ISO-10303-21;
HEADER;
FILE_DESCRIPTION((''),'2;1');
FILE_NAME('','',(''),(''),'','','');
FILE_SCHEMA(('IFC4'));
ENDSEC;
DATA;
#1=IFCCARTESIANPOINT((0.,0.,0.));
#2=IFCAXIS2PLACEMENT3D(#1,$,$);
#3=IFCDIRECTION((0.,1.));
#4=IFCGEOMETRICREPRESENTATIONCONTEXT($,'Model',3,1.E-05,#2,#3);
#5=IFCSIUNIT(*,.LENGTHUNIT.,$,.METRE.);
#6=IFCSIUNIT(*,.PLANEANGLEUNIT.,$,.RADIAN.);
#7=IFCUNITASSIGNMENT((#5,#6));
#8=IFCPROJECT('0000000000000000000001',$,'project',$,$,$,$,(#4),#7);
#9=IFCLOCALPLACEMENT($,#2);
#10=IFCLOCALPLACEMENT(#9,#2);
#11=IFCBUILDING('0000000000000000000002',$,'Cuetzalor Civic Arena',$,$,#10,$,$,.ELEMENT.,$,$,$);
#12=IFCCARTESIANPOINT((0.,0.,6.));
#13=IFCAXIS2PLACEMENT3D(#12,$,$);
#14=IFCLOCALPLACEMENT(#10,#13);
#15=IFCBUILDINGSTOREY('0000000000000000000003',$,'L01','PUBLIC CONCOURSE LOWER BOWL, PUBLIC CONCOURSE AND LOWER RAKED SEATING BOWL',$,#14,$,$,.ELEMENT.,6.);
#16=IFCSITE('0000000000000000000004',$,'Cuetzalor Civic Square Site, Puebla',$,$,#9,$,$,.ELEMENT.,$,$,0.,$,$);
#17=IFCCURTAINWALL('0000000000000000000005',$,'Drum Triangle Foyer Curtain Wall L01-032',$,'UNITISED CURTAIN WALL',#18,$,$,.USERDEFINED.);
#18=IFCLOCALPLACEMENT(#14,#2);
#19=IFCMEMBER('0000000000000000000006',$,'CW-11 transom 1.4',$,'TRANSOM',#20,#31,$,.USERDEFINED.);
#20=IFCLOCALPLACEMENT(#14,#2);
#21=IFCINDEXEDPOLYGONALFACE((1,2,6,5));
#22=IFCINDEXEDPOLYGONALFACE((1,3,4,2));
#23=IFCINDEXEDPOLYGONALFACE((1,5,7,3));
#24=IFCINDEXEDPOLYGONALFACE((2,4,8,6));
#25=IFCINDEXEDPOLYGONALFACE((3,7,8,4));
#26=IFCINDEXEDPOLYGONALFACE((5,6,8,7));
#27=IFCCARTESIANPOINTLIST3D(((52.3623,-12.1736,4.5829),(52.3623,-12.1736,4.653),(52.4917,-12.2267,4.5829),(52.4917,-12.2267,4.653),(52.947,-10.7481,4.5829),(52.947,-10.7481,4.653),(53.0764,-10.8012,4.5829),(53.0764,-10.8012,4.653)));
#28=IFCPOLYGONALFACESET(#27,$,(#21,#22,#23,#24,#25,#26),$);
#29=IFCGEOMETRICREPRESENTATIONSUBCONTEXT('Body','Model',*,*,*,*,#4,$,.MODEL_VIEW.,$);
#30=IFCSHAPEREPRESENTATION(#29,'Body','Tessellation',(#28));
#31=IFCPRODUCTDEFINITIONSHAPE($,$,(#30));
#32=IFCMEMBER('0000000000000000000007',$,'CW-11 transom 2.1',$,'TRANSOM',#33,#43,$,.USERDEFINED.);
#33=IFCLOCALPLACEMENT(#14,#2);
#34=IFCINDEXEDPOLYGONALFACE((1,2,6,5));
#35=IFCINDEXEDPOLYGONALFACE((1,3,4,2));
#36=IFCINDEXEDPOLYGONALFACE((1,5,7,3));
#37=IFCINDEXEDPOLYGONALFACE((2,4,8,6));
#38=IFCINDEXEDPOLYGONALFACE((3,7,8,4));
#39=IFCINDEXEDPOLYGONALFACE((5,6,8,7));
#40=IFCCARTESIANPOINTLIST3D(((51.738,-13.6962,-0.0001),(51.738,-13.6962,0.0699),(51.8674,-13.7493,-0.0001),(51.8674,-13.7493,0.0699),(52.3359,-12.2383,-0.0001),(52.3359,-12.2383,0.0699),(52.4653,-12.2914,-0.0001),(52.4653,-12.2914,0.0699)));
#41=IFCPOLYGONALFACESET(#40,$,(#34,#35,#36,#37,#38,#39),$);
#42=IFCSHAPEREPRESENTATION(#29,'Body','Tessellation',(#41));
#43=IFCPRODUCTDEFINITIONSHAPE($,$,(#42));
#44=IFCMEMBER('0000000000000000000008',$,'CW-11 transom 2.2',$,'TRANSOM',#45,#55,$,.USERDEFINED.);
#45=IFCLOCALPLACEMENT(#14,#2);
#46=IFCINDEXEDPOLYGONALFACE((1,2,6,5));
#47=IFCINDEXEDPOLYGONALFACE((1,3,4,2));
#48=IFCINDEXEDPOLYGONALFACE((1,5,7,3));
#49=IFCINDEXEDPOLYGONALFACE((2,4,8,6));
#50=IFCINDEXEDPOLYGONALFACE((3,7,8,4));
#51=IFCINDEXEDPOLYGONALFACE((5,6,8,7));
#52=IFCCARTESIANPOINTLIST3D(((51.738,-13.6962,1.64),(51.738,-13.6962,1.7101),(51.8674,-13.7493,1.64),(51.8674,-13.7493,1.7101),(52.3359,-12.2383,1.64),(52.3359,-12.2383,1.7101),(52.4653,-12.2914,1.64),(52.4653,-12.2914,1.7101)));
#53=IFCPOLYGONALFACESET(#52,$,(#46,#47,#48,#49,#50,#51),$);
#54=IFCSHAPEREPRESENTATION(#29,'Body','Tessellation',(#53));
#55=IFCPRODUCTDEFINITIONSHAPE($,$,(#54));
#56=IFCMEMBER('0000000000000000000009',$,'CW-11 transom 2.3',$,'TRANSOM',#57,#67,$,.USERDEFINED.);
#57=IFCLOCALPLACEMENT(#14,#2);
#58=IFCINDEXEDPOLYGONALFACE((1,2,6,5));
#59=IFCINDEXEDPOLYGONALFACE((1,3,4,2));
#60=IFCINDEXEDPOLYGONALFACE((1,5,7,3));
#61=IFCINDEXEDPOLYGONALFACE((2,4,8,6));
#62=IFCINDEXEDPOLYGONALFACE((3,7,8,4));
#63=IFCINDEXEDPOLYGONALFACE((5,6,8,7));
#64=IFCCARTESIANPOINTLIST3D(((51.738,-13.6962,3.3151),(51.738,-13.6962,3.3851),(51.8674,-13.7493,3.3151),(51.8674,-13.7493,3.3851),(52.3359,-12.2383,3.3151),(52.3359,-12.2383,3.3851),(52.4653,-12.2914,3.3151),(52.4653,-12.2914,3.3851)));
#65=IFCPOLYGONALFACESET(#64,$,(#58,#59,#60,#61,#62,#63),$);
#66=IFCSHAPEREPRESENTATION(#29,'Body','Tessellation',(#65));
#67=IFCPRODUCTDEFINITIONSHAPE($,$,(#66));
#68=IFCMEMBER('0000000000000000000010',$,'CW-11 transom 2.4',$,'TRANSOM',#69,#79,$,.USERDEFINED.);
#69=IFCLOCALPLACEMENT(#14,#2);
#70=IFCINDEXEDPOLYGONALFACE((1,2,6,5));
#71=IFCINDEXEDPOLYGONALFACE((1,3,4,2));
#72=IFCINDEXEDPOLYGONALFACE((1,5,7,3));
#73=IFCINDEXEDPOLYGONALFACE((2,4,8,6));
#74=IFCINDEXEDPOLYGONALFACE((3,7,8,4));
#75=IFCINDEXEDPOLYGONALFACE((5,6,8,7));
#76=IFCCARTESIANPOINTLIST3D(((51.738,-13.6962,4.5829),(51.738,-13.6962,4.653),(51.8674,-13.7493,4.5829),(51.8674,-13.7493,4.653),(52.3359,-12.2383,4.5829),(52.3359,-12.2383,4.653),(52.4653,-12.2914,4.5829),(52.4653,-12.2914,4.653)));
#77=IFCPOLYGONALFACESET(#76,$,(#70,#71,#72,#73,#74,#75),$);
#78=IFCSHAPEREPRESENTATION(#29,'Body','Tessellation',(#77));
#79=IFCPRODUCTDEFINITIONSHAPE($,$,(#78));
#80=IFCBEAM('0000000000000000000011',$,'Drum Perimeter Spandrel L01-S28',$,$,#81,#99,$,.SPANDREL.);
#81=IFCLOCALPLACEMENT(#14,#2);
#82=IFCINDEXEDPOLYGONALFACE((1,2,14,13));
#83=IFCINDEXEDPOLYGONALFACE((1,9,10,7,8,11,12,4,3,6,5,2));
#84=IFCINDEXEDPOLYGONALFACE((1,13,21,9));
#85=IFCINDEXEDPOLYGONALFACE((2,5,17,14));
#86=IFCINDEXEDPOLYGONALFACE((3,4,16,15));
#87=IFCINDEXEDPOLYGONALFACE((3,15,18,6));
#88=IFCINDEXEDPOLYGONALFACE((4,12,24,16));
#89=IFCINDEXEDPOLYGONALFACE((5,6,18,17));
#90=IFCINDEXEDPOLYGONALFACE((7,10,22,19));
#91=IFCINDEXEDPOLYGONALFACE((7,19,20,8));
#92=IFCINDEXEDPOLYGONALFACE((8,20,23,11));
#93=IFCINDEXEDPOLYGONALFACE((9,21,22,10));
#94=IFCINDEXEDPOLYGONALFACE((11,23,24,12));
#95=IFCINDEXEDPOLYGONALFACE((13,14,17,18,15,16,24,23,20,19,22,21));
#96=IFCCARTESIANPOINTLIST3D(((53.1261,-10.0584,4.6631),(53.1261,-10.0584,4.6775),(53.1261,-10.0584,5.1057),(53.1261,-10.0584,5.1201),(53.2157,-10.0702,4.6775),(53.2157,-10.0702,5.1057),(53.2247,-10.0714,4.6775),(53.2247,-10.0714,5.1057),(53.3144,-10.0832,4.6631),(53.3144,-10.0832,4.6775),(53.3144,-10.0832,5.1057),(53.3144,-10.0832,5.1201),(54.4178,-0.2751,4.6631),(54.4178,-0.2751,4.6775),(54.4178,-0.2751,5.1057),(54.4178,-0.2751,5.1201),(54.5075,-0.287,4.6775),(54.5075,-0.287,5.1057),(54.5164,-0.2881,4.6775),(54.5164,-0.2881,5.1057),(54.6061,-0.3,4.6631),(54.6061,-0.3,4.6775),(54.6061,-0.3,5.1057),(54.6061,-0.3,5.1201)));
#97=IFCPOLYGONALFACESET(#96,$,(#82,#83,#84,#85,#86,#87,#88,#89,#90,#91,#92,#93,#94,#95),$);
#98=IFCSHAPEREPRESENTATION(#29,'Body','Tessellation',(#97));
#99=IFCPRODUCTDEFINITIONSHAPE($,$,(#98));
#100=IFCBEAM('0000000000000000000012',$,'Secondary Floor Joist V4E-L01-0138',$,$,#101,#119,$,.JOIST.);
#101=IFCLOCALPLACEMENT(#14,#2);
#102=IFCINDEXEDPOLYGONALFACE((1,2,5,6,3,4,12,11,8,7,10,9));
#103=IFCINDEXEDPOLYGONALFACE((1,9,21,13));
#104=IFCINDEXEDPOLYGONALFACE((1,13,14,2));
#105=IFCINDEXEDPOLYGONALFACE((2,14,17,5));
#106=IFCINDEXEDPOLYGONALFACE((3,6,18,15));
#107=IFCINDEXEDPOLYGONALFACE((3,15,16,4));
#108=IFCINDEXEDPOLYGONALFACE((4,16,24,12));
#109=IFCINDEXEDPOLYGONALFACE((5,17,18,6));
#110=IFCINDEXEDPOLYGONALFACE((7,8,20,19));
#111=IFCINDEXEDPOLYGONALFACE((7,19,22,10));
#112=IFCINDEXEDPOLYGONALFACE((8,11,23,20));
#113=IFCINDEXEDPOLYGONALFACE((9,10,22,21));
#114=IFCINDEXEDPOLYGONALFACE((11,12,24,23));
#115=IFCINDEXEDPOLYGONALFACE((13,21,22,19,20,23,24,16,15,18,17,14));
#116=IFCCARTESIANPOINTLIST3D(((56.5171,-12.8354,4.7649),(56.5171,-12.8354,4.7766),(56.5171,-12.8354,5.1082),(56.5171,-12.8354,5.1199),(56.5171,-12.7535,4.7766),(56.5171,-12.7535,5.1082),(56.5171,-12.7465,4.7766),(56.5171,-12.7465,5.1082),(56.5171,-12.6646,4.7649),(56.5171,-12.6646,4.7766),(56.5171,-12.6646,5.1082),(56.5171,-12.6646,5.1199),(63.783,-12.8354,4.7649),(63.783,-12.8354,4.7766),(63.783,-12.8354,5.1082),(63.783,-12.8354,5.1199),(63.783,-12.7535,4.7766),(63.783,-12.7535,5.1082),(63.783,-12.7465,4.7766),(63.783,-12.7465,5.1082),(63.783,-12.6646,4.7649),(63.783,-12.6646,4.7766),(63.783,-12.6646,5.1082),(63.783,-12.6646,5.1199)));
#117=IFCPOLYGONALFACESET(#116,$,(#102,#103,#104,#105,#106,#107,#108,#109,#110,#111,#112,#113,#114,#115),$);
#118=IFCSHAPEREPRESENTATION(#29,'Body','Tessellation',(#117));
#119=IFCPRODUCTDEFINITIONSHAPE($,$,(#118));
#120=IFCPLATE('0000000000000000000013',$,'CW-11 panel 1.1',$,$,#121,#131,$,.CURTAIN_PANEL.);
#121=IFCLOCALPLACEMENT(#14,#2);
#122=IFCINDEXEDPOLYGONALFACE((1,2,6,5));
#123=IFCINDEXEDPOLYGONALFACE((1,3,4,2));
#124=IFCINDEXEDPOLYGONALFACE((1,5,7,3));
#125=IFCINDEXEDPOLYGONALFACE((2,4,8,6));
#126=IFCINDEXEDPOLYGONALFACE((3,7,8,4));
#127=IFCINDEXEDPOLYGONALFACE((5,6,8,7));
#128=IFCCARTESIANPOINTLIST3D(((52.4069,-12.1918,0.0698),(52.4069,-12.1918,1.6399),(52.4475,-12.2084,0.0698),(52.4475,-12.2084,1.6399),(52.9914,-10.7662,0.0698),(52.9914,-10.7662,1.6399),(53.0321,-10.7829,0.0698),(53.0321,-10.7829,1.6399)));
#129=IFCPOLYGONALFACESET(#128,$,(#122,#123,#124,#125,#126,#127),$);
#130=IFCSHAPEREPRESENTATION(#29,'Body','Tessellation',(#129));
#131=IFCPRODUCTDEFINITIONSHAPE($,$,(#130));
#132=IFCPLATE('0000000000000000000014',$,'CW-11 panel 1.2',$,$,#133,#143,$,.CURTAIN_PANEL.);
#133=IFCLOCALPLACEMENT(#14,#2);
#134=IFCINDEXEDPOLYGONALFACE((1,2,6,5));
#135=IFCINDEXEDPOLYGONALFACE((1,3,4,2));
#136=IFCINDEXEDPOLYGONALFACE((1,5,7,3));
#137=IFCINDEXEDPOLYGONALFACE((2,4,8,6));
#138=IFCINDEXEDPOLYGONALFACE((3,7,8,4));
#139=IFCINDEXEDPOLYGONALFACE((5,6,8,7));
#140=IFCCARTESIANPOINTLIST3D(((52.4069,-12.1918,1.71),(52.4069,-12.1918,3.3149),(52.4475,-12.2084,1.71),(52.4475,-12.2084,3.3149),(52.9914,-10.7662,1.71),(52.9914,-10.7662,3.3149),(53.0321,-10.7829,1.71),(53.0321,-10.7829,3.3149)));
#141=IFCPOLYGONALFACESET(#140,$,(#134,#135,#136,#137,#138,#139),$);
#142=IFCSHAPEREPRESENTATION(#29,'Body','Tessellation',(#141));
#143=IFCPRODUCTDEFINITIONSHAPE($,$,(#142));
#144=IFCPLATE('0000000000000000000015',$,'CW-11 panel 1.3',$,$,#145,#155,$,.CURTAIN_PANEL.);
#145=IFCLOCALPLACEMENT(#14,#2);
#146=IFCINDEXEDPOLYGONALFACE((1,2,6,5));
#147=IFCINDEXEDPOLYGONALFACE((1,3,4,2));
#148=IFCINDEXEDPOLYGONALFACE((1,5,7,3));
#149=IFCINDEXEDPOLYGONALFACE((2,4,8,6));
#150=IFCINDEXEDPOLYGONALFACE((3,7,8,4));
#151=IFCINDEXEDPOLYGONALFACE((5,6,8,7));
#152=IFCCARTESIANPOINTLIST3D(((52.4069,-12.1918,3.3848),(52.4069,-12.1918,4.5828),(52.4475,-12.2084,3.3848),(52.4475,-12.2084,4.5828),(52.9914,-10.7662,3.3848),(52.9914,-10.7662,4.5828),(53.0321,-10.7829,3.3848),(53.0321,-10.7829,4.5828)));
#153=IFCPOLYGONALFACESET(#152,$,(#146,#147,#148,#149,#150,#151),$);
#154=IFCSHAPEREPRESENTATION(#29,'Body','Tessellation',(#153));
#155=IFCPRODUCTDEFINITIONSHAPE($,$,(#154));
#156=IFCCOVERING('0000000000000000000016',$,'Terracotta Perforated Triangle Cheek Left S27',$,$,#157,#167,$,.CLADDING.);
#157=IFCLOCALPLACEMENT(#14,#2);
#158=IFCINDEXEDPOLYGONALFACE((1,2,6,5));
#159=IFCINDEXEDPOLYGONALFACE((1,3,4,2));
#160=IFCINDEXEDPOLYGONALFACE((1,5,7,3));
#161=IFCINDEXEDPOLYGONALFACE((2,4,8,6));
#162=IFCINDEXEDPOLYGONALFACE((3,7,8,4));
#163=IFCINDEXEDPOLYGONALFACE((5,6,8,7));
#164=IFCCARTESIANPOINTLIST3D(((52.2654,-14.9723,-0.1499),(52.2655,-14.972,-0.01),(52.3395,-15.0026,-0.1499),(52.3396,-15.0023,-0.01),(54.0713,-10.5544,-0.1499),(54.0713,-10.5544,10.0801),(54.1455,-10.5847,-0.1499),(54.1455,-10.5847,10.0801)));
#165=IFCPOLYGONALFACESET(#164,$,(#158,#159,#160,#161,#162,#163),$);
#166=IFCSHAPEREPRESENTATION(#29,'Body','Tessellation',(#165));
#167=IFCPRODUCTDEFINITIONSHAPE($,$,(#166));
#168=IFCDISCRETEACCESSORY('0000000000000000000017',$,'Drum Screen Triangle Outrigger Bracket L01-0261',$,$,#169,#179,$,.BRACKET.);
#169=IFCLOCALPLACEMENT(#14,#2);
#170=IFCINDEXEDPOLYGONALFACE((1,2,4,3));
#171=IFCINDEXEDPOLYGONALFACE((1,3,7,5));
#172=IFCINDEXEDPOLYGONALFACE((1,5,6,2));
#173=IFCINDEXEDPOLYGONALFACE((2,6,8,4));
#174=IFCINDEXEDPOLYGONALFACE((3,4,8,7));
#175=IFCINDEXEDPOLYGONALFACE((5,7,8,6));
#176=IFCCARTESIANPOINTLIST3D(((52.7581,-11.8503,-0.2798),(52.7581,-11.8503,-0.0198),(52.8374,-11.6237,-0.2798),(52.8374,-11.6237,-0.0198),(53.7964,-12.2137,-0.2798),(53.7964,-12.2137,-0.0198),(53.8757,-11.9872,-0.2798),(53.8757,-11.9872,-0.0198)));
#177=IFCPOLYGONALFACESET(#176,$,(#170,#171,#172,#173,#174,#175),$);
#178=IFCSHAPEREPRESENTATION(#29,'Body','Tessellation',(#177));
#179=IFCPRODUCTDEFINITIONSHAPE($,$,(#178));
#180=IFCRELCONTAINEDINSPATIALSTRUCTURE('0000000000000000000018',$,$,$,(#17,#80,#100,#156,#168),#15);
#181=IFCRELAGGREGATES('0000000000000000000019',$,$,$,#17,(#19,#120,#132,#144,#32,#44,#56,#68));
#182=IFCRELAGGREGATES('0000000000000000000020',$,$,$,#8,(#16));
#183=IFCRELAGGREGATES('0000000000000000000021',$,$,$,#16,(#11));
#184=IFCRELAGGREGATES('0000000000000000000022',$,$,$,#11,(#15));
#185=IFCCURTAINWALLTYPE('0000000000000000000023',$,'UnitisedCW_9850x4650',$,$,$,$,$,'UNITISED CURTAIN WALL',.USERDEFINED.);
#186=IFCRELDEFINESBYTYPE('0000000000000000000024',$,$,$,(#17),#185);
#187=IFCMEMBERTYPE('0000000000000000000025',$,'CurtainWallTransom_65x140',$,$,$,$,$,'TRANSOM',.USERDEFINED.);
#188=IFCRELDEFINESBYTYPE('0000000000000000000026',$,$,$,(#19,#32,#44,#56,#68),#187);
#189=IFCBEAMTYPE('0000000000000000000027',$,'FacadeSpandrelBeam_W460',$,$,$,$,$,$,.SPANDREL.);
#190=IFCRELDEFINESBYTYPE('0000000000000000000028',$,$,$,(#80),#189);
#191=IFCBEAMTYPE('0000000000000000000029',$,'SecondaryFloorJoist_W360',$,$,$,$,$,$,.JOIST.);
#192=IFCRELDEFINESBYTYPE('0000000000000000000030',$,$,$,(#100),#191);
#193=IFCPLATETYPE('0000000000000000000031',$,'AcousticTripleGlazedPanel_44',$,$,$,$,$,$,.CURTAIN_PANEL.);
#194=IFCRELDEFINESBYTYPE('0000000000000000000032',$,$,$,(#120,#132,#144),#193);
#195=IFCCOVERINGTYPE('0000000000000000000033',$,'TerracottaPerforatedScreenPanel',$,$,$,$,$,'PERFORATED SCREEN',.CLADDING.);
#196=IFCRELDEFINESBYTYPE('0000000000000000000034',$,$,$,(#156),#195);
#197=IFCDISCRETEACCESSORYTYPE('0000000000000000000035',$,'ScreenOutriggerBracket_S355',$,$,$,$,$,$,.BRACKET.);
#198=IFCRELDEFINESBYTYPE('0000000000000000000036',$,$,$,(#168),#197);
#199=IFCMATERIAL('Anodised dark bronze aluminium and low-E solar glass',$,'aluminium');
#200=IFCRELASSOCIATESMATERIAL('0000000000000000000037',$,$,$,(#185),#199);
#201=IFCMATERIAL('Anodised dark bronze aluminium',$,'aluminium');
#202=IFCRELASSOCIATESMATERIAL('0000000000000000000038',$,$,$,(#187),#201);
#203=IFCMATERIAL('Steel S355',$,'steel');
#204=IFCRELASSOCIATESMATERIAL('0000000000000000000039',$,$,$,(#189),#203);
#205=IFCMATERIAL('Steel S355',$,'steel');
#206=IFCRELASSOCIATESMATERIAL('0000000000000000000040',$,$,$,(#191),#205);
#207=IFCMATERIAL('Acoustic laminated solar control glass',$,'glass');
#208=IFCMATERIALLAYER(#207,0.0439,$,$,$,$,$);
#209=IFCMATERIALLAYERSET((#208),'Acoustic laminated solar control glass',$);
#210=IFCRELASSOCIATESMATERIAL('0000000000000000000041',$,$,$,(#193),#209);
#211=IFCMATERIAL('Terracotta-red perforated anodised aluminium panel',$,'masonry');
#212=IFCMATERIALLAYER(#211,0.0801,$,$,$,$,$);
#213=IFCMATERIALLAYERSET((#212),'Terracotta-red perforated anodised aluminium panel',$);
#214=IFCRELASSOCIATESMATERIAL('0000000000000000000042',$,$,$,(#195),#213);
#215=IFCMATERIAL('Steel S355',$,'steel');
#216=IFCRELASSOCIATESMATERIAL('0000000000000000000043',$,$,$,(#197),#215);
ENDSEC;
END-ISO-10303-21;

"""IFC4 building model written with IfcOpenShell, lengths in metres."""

from ifc_helpers import new_model, si_unit, direction, frame, origin, origin_2d, place, context, subcontext, project, spatial, polyline, rectangle, i_section, outline, extrude, material, layer, layer_set, material_profile, profile_set, type_object, element, aggregate, save


model = new_model("IFC4")

# Units and contexts
model_context = context("Model", 3, precision=1e-05, world=origin(), true_north=direction((0.0, 1.0)))
body_context = subcontext(model_context, "Body", "Model", "MODEL_VIEW")
ifc_project = project(units=[si_unit("LENGTHUNIT", "METRE"), si_unit("PLANEANGLEUNIT", "RADIAN")], contexts=[model_context])

# Site, building, storey
site_placement = place(None, origin())
site = spatial("IfcSite", under=ifc_project, at=site_placement, Name="Cuetzalor Civic Square Site, Puebla", CompositionType="ELEMENT", RefElevation=0.0)
building_placement = place(site_placement, origin())
building = spatial("IfcBuilding", under=site, at=building_placement, Name="Cuetzalor Civic Arena", CompositionType="ELEMENT")
storey_placement = place(building_placement, frame((0.0, 0.0, 6.0)))
storey = spatial("IfcBuildingStorey", under=building, at=storey_placement, Name="L01", Description="PUBLIC CONCOURSE LOWER BOWL, PUBLIC CONCOURSE AND LOWER RAKED SEATING BOWL", CompositionType="ELEMENT", Elevation=6.0)

# Curtain wall, members
ifc_material_1 = material(Name="Anodised dark bronze aluminium and low-E solar glass", Category="aluminium")
curtain_wall_type = type_object("IfcCurtainWallType", Name="UnitisedCW_9850x4650", ElementType="UNITISED CURTAIN WALL", PredefinedType="USERDEFINED", material=ifc_material_1)
curtain_wall_placement = place(storey_placement, origin())
curtain_wall = element("IfcCurtainWall", 1, at=curtain_wall_placement, inside=storey, type_object=curtain_wall_type, Name="Drum Triangle Foyer Curtain Wall L01-032", ObjectType="UNITISED CURTAIN WALL", PredefinedType="USERDEFINED")
ifc_material_2 = material(Name="Anodised dark bronze aluminium", Category="aluminium")
ifc_material_profile_1 = material_profile(ifc_material_2, rectangle(XDim=0.1399, YDim=0.0701, at=origin_2d()), Name="ALU TRANSOM 70x140")
ifc_profile_set_1 = profile_set([ifc_material_profile_1], Name="Anodised dark bronze aluminium")
member_type_1 = type_object("IfcMemberType", Name="CurtainWallTransom_65x140", ElementType="TRANSOM", PredefinedType="USERDEFINED", material=ifc_profile_set_1)
member_1_placement = place(storey_placement, frame((53.0117, -10.7747, 4.6179), z_axis=(-0.37949, -0.925196, 0.0), x_axis=(0.925196, -0.37949, 0.0)))
member_1 = element("IfcMember", 2, at=member_1_placement, type_object=member_type_1, Name="CW-11 transom 1.4", ObjectType="TRANSOM", PredefinedType="USERDEFINED", context=body_context, shape_type="SweptSolid", body=[
    extrude(rectangle(XDim=0.1399, YDim=0.0701, at=origin_2d()), origin(), (0.0, 0.0, 1.0), 1.5408),
])
member_2_placement = place(storey_placement, frame((52.4006, -12.2649, 0.0349), z_axis=(-0.379471, -0.925203, 0.0), x_axis=(0.925203, -0.379471, 0.0)))
member_2 = element("IfcMember", 3, at=member_2_placement, type_object=member_type_1, Name="CW-11 transom 2.1", ObjectType="TRANSOM", PredefinedType="USERDEFINED", context=body_context, shape_type="SweptSolid", body=[
    extrude(rectangle(XDim=0.1399, YDim=0.0701, at=origin_2d()), origin(), (0.0, 0.0, 1.0), 1.5757),
])
member_3_placement = place(storey_placement, frame((52.4006, -12.2649, 1.675), z_axis=(-0.379471, -0.925203, 0.0), x_axis=(0.925203, -0.379471, 0.0)))
member_3 = element("IfcMember", 4, at=member_3_placement, type_object=member_type_1, Name="CW-11 transom 2.2", ObjectType="TRANSOM", PredefinedType="USERDEFINED", context=body_context, shape_type="SweptSolid", body=[
    extrude(rectangle(XDim=0.1399, YDim=0.0701, at=origin_2d()), origin(), (0.0, 0.0, 1.0), 1.5757),
])
member_4_placement = place(storey_placement, frame((52.4006, -12.2649, 3.3501), z_axis=(-0.379471, -0.925203, 0.0), x_axis=(0.925203, -0.379471, 0.0)))
member_4 = element("IfcMember", 5, at=member_4_placement, type_object=member_type_1, Name="CW-11 transom 2.3", ObjectType="TRANSOM", PredefinedType="USERDEFINED", context=body_context, shape_type="SweptSolid", body=[
    extrude(rectangle(XDim=0.1399, YDim=0.0701, at=origin_2d()), origin(), (0.0, 0.0, 1.0), 1.5757),
])
member_5_placement = place(storey_placement, frame((52.4006, -12.2649, 4.6179), z_axis=(-0.379471, -0.925203, 0.0), x_axis=(0.925203, -0.379471, 0.0)))
member_5 = element("IfcMember", 6, at=member_5_placement, type_object=member_type_1, Name="CW-11 transom 2.4", ObjectType="TRANSOM", PredefinedType="USERDEFINED", context=body_context, shape_type="SweptSolid", body=[
    extrude(rectangle(XDim=0.1399, YDim=0.0701, at=origin_2d()), origin(), (0.0, 0.0, 1.0), 1.5757),
])

# Beams
ifc_material_3 = material(Name="Steel S355", Category="steel")
ifc_material_profile_2 = material_profile(ifc_material_3, i_section(OverallWidth=0.1899, OverallDepth=0.457, WebThickness=0.009, FlangeThickness=0.0144, at=origin_2d()), Name="W460x74")
ifc_profile_set_2 = profile_set([ifc_material_profile_2], Name="Steel S355")
beam_type_1 = type_object("IfcBeamType", Name="FacadeSpandrelBeam_W460", PredefinedType="SPANDREL", material=ifc_profile_set_2)
beam_1_placement = place(storey_placement, frame((53.2202, -10.0708, 4.8916), z_axis=(0.130901, 0.991395, 0.0), x_axis=(-0.991395, 0.130901, 0.0)))
element("IfcBeam", 7, at=beam_1_placement, inside=storey, type_object=beam_type_1, Name="Drum Perimeter Spandrel L01-S28", PredefinedType="SPANDREL", context=body_context, shape_type="SweptSolid", body=[
    extrude(i_section(OverallWidth=0.1899, OverallDepth=0.457, WebThickness=0.009, FlangeThickness=0.0144, at=origin_2d()), origin(), (0.0, 0.0, 1.0), 9.8682),
])
ifc_material_4 = material(Name="Steel S355", Category="steel")
ifc_material_profile_3 = material_profile(ifc_material_4, i_section(OverallWidth=0.1709, OverallDepth=0.355, WebThickness=0.0071, FlangeThickness=0.0117, at=origin_2d()), Name="W360x51")
ifc_profile_set_3 = profile_set([ifc_material_profile_3], Name="Steel S355")
beam_type_2 = type_object("IfcBeamType", Name="SecondaryFloorJoist_W360", PredefinedType="JOIST", material=ifc_profile_set_3)
beam_2_placement = place(storey_placement, frame((56.5171, -12.75, 4.9424), z_axis=(1.0, 0.0, 0.0), x_axis=(0.0, 1.0, 0.0)))
element("IfcBeam", 8, at=beam_2_placement, inside=storey, type_object=beam_type_2, Name="Secondary Floor Joist V4E-L01-0138", PredefinedType="JOIST", context=body_context, shape_type="SweptSolid", body=[
    extrude(i_section(OverallWidth=0.1709, OverallDepth=0.355, WebThickness=0.0071, FlangeThickness=0.0117, at=origin_2d()), origin(), (0.0, 0.0, 1.0), 7.2659),
])

# Plates
ifc_material_5 = material(Name="Acoustic laminated solar control glass", Category="glass")
ifc_layer_1 = layer(ifc_material_5, 0.0439)
ifc_layer_set_1 = layer_set([ifc_layer_1], Name="Acoustic laminated solar control glass")
plate_type = type_object("IfcPlateType", Name="AcousticTripleGlazedPanel_44", PredefinedType="CURTAIN_PANEL", material=ifc_layer_set_1)
plate_1_placement = place(storey_placement, frame((52.7195, -11.4873, 0.0698), z_axis=(0.0, 0.0, 1.0), x_axis=(-0.379391, -0.925236, 0.0)))
plate_1 = element("IfcPlate", 9, at=plate_1_placement, type_object=plate_type, Name="CW-11 panel 1.1", PredefinedType="CURTAIN_PANEL", context=body_context, shape_type="SweptSolid", body=[
    extrude(rectangle(XDim=1.5408, YDim=0.0439, at=origin_2d()), origin(), (0.0, 0.0, 1.0), 1.5701),
])
plate_2_placement = place(storey_placement, frame((52.7195, -11.4873, 1.71), z_axis=(0.0, 0.0, 1.0), x_axis=(-0.379391, -0.925236, 0.0)))
plate_2 = element("IfcPlate", 10, at=plate_2_placement, type_object=plate_type, Name="CW-11 panel 1.2", PredefinedType="CURTAIN_PANEL", context=body_context, shape_type="SweptSolid", body=[
    extrude(rectangle(XDim=1.5408, YDim=0.0439, at=origin_2d()), origin(), (0.0, 0.0, 1.0), 1.605),
])
plate_3_placement = place(storey_placement, frame((52.7195, -11.4873, 3.3848), z_axis=(0.0, 0.0, 1.0), x_axis=(-0.379391, -0.925236, 0.0)))
plate_3 = element("IfcPlate", 11, at=plate_3_placement, type_object=plate_type, Name="CW-11 panel 1.3", PredefinedType="CURTAIN_PANEL", context=body_context, shape_type="SweptSolid", body=[
    extrude(rectangle(XDim=1.5408, YDim=0.0439, at=origin_2d()), origin(), (0.0, 0.0, 1.0), 1.198),
])
aggregate(curtain_wall, [member_1, plate_1, plate_2, plate_3, member_2, member_3, member_4, member_5])

# Covering
ifc_material_6 = material(Name="Terracotta-red perforated anodised aluminium panel", Category="masonry")
ifc_layer_2 = layer(ifc_material_6, 0.0801)
ifc_layer_set_2 = layer_set([ifc_layer_2], Name="Terracotta-red perforated anodised aluminium panel")
covering_type = type_object("IfcCoveringType", Name="TerracottaPerforatedScreenPanel", ElementType="PERFORATED SCREEN", PredefinedType="CLADDING", material=ifc_layer_set_2)
covering_placement = place(storey_placement, frame((54.1084, -10.5696, -0.1499), z_axis=(0.0, 0.0, 1.0), x_axis=(-0.378392, -0.925646, 0.0)))
element("IfcCovering", 12, at=covering_placement, inside=storey, type_object=covering_type, Name="Terracotta Perforated Triangle Cheek Left S27", PredefinedType="CLADDING", context=body_context, shape_type="SweptSolid", body=[
    extrude(outline(polyline([(0.0, 0.0), (4.7727, 0.0), (4.7725, 0.1399), (0.0, 10.23), (0.0, 0.0)])), frame((0.0, 0.04, 0.0), z_axis=(0.0, -1.0, 0.0), x_axis=(1.0, 0.0, 0.0)), (0.0, 0.0, 1.0), 0.0801),
])

# Discrete accessory
ifc_material_7 = material(Name="Steel S355", Category="steel")
discrete_accessory_type = type_object("IfcDiscreteAccessoryType", Name="ScreenOutriggerBracket_S355", PredefinedType="BRACKET", material=ifc_material_7)
for number, where, z_axis, x_axis, name in (
    (13, (53.3169, -11.9187, -0.2798), (0.0, 0.0, 1.0), (0.943859, -0.33035, 0.0), "Drum Screen Triangle Outrigger Bracket L01-0261"),
):
    element("IfcDiscreteAccessory", number, at=place(storey_placement, frame(where, z_axis=z_axis, x_axis=x_axis)), inside=storey, type_object=discrete_accessory_type, Name=name, PredefinedType="BRACKET", context=body_context, shape_type="SweptSolid", body=[
        extrude(rectangle(XDim=1.1001, YDim=0.24, at=origin_2d()), origin(), (0.0, 0.0, 1.0), 0.26),
    ])

save(model, "model.ifc")
